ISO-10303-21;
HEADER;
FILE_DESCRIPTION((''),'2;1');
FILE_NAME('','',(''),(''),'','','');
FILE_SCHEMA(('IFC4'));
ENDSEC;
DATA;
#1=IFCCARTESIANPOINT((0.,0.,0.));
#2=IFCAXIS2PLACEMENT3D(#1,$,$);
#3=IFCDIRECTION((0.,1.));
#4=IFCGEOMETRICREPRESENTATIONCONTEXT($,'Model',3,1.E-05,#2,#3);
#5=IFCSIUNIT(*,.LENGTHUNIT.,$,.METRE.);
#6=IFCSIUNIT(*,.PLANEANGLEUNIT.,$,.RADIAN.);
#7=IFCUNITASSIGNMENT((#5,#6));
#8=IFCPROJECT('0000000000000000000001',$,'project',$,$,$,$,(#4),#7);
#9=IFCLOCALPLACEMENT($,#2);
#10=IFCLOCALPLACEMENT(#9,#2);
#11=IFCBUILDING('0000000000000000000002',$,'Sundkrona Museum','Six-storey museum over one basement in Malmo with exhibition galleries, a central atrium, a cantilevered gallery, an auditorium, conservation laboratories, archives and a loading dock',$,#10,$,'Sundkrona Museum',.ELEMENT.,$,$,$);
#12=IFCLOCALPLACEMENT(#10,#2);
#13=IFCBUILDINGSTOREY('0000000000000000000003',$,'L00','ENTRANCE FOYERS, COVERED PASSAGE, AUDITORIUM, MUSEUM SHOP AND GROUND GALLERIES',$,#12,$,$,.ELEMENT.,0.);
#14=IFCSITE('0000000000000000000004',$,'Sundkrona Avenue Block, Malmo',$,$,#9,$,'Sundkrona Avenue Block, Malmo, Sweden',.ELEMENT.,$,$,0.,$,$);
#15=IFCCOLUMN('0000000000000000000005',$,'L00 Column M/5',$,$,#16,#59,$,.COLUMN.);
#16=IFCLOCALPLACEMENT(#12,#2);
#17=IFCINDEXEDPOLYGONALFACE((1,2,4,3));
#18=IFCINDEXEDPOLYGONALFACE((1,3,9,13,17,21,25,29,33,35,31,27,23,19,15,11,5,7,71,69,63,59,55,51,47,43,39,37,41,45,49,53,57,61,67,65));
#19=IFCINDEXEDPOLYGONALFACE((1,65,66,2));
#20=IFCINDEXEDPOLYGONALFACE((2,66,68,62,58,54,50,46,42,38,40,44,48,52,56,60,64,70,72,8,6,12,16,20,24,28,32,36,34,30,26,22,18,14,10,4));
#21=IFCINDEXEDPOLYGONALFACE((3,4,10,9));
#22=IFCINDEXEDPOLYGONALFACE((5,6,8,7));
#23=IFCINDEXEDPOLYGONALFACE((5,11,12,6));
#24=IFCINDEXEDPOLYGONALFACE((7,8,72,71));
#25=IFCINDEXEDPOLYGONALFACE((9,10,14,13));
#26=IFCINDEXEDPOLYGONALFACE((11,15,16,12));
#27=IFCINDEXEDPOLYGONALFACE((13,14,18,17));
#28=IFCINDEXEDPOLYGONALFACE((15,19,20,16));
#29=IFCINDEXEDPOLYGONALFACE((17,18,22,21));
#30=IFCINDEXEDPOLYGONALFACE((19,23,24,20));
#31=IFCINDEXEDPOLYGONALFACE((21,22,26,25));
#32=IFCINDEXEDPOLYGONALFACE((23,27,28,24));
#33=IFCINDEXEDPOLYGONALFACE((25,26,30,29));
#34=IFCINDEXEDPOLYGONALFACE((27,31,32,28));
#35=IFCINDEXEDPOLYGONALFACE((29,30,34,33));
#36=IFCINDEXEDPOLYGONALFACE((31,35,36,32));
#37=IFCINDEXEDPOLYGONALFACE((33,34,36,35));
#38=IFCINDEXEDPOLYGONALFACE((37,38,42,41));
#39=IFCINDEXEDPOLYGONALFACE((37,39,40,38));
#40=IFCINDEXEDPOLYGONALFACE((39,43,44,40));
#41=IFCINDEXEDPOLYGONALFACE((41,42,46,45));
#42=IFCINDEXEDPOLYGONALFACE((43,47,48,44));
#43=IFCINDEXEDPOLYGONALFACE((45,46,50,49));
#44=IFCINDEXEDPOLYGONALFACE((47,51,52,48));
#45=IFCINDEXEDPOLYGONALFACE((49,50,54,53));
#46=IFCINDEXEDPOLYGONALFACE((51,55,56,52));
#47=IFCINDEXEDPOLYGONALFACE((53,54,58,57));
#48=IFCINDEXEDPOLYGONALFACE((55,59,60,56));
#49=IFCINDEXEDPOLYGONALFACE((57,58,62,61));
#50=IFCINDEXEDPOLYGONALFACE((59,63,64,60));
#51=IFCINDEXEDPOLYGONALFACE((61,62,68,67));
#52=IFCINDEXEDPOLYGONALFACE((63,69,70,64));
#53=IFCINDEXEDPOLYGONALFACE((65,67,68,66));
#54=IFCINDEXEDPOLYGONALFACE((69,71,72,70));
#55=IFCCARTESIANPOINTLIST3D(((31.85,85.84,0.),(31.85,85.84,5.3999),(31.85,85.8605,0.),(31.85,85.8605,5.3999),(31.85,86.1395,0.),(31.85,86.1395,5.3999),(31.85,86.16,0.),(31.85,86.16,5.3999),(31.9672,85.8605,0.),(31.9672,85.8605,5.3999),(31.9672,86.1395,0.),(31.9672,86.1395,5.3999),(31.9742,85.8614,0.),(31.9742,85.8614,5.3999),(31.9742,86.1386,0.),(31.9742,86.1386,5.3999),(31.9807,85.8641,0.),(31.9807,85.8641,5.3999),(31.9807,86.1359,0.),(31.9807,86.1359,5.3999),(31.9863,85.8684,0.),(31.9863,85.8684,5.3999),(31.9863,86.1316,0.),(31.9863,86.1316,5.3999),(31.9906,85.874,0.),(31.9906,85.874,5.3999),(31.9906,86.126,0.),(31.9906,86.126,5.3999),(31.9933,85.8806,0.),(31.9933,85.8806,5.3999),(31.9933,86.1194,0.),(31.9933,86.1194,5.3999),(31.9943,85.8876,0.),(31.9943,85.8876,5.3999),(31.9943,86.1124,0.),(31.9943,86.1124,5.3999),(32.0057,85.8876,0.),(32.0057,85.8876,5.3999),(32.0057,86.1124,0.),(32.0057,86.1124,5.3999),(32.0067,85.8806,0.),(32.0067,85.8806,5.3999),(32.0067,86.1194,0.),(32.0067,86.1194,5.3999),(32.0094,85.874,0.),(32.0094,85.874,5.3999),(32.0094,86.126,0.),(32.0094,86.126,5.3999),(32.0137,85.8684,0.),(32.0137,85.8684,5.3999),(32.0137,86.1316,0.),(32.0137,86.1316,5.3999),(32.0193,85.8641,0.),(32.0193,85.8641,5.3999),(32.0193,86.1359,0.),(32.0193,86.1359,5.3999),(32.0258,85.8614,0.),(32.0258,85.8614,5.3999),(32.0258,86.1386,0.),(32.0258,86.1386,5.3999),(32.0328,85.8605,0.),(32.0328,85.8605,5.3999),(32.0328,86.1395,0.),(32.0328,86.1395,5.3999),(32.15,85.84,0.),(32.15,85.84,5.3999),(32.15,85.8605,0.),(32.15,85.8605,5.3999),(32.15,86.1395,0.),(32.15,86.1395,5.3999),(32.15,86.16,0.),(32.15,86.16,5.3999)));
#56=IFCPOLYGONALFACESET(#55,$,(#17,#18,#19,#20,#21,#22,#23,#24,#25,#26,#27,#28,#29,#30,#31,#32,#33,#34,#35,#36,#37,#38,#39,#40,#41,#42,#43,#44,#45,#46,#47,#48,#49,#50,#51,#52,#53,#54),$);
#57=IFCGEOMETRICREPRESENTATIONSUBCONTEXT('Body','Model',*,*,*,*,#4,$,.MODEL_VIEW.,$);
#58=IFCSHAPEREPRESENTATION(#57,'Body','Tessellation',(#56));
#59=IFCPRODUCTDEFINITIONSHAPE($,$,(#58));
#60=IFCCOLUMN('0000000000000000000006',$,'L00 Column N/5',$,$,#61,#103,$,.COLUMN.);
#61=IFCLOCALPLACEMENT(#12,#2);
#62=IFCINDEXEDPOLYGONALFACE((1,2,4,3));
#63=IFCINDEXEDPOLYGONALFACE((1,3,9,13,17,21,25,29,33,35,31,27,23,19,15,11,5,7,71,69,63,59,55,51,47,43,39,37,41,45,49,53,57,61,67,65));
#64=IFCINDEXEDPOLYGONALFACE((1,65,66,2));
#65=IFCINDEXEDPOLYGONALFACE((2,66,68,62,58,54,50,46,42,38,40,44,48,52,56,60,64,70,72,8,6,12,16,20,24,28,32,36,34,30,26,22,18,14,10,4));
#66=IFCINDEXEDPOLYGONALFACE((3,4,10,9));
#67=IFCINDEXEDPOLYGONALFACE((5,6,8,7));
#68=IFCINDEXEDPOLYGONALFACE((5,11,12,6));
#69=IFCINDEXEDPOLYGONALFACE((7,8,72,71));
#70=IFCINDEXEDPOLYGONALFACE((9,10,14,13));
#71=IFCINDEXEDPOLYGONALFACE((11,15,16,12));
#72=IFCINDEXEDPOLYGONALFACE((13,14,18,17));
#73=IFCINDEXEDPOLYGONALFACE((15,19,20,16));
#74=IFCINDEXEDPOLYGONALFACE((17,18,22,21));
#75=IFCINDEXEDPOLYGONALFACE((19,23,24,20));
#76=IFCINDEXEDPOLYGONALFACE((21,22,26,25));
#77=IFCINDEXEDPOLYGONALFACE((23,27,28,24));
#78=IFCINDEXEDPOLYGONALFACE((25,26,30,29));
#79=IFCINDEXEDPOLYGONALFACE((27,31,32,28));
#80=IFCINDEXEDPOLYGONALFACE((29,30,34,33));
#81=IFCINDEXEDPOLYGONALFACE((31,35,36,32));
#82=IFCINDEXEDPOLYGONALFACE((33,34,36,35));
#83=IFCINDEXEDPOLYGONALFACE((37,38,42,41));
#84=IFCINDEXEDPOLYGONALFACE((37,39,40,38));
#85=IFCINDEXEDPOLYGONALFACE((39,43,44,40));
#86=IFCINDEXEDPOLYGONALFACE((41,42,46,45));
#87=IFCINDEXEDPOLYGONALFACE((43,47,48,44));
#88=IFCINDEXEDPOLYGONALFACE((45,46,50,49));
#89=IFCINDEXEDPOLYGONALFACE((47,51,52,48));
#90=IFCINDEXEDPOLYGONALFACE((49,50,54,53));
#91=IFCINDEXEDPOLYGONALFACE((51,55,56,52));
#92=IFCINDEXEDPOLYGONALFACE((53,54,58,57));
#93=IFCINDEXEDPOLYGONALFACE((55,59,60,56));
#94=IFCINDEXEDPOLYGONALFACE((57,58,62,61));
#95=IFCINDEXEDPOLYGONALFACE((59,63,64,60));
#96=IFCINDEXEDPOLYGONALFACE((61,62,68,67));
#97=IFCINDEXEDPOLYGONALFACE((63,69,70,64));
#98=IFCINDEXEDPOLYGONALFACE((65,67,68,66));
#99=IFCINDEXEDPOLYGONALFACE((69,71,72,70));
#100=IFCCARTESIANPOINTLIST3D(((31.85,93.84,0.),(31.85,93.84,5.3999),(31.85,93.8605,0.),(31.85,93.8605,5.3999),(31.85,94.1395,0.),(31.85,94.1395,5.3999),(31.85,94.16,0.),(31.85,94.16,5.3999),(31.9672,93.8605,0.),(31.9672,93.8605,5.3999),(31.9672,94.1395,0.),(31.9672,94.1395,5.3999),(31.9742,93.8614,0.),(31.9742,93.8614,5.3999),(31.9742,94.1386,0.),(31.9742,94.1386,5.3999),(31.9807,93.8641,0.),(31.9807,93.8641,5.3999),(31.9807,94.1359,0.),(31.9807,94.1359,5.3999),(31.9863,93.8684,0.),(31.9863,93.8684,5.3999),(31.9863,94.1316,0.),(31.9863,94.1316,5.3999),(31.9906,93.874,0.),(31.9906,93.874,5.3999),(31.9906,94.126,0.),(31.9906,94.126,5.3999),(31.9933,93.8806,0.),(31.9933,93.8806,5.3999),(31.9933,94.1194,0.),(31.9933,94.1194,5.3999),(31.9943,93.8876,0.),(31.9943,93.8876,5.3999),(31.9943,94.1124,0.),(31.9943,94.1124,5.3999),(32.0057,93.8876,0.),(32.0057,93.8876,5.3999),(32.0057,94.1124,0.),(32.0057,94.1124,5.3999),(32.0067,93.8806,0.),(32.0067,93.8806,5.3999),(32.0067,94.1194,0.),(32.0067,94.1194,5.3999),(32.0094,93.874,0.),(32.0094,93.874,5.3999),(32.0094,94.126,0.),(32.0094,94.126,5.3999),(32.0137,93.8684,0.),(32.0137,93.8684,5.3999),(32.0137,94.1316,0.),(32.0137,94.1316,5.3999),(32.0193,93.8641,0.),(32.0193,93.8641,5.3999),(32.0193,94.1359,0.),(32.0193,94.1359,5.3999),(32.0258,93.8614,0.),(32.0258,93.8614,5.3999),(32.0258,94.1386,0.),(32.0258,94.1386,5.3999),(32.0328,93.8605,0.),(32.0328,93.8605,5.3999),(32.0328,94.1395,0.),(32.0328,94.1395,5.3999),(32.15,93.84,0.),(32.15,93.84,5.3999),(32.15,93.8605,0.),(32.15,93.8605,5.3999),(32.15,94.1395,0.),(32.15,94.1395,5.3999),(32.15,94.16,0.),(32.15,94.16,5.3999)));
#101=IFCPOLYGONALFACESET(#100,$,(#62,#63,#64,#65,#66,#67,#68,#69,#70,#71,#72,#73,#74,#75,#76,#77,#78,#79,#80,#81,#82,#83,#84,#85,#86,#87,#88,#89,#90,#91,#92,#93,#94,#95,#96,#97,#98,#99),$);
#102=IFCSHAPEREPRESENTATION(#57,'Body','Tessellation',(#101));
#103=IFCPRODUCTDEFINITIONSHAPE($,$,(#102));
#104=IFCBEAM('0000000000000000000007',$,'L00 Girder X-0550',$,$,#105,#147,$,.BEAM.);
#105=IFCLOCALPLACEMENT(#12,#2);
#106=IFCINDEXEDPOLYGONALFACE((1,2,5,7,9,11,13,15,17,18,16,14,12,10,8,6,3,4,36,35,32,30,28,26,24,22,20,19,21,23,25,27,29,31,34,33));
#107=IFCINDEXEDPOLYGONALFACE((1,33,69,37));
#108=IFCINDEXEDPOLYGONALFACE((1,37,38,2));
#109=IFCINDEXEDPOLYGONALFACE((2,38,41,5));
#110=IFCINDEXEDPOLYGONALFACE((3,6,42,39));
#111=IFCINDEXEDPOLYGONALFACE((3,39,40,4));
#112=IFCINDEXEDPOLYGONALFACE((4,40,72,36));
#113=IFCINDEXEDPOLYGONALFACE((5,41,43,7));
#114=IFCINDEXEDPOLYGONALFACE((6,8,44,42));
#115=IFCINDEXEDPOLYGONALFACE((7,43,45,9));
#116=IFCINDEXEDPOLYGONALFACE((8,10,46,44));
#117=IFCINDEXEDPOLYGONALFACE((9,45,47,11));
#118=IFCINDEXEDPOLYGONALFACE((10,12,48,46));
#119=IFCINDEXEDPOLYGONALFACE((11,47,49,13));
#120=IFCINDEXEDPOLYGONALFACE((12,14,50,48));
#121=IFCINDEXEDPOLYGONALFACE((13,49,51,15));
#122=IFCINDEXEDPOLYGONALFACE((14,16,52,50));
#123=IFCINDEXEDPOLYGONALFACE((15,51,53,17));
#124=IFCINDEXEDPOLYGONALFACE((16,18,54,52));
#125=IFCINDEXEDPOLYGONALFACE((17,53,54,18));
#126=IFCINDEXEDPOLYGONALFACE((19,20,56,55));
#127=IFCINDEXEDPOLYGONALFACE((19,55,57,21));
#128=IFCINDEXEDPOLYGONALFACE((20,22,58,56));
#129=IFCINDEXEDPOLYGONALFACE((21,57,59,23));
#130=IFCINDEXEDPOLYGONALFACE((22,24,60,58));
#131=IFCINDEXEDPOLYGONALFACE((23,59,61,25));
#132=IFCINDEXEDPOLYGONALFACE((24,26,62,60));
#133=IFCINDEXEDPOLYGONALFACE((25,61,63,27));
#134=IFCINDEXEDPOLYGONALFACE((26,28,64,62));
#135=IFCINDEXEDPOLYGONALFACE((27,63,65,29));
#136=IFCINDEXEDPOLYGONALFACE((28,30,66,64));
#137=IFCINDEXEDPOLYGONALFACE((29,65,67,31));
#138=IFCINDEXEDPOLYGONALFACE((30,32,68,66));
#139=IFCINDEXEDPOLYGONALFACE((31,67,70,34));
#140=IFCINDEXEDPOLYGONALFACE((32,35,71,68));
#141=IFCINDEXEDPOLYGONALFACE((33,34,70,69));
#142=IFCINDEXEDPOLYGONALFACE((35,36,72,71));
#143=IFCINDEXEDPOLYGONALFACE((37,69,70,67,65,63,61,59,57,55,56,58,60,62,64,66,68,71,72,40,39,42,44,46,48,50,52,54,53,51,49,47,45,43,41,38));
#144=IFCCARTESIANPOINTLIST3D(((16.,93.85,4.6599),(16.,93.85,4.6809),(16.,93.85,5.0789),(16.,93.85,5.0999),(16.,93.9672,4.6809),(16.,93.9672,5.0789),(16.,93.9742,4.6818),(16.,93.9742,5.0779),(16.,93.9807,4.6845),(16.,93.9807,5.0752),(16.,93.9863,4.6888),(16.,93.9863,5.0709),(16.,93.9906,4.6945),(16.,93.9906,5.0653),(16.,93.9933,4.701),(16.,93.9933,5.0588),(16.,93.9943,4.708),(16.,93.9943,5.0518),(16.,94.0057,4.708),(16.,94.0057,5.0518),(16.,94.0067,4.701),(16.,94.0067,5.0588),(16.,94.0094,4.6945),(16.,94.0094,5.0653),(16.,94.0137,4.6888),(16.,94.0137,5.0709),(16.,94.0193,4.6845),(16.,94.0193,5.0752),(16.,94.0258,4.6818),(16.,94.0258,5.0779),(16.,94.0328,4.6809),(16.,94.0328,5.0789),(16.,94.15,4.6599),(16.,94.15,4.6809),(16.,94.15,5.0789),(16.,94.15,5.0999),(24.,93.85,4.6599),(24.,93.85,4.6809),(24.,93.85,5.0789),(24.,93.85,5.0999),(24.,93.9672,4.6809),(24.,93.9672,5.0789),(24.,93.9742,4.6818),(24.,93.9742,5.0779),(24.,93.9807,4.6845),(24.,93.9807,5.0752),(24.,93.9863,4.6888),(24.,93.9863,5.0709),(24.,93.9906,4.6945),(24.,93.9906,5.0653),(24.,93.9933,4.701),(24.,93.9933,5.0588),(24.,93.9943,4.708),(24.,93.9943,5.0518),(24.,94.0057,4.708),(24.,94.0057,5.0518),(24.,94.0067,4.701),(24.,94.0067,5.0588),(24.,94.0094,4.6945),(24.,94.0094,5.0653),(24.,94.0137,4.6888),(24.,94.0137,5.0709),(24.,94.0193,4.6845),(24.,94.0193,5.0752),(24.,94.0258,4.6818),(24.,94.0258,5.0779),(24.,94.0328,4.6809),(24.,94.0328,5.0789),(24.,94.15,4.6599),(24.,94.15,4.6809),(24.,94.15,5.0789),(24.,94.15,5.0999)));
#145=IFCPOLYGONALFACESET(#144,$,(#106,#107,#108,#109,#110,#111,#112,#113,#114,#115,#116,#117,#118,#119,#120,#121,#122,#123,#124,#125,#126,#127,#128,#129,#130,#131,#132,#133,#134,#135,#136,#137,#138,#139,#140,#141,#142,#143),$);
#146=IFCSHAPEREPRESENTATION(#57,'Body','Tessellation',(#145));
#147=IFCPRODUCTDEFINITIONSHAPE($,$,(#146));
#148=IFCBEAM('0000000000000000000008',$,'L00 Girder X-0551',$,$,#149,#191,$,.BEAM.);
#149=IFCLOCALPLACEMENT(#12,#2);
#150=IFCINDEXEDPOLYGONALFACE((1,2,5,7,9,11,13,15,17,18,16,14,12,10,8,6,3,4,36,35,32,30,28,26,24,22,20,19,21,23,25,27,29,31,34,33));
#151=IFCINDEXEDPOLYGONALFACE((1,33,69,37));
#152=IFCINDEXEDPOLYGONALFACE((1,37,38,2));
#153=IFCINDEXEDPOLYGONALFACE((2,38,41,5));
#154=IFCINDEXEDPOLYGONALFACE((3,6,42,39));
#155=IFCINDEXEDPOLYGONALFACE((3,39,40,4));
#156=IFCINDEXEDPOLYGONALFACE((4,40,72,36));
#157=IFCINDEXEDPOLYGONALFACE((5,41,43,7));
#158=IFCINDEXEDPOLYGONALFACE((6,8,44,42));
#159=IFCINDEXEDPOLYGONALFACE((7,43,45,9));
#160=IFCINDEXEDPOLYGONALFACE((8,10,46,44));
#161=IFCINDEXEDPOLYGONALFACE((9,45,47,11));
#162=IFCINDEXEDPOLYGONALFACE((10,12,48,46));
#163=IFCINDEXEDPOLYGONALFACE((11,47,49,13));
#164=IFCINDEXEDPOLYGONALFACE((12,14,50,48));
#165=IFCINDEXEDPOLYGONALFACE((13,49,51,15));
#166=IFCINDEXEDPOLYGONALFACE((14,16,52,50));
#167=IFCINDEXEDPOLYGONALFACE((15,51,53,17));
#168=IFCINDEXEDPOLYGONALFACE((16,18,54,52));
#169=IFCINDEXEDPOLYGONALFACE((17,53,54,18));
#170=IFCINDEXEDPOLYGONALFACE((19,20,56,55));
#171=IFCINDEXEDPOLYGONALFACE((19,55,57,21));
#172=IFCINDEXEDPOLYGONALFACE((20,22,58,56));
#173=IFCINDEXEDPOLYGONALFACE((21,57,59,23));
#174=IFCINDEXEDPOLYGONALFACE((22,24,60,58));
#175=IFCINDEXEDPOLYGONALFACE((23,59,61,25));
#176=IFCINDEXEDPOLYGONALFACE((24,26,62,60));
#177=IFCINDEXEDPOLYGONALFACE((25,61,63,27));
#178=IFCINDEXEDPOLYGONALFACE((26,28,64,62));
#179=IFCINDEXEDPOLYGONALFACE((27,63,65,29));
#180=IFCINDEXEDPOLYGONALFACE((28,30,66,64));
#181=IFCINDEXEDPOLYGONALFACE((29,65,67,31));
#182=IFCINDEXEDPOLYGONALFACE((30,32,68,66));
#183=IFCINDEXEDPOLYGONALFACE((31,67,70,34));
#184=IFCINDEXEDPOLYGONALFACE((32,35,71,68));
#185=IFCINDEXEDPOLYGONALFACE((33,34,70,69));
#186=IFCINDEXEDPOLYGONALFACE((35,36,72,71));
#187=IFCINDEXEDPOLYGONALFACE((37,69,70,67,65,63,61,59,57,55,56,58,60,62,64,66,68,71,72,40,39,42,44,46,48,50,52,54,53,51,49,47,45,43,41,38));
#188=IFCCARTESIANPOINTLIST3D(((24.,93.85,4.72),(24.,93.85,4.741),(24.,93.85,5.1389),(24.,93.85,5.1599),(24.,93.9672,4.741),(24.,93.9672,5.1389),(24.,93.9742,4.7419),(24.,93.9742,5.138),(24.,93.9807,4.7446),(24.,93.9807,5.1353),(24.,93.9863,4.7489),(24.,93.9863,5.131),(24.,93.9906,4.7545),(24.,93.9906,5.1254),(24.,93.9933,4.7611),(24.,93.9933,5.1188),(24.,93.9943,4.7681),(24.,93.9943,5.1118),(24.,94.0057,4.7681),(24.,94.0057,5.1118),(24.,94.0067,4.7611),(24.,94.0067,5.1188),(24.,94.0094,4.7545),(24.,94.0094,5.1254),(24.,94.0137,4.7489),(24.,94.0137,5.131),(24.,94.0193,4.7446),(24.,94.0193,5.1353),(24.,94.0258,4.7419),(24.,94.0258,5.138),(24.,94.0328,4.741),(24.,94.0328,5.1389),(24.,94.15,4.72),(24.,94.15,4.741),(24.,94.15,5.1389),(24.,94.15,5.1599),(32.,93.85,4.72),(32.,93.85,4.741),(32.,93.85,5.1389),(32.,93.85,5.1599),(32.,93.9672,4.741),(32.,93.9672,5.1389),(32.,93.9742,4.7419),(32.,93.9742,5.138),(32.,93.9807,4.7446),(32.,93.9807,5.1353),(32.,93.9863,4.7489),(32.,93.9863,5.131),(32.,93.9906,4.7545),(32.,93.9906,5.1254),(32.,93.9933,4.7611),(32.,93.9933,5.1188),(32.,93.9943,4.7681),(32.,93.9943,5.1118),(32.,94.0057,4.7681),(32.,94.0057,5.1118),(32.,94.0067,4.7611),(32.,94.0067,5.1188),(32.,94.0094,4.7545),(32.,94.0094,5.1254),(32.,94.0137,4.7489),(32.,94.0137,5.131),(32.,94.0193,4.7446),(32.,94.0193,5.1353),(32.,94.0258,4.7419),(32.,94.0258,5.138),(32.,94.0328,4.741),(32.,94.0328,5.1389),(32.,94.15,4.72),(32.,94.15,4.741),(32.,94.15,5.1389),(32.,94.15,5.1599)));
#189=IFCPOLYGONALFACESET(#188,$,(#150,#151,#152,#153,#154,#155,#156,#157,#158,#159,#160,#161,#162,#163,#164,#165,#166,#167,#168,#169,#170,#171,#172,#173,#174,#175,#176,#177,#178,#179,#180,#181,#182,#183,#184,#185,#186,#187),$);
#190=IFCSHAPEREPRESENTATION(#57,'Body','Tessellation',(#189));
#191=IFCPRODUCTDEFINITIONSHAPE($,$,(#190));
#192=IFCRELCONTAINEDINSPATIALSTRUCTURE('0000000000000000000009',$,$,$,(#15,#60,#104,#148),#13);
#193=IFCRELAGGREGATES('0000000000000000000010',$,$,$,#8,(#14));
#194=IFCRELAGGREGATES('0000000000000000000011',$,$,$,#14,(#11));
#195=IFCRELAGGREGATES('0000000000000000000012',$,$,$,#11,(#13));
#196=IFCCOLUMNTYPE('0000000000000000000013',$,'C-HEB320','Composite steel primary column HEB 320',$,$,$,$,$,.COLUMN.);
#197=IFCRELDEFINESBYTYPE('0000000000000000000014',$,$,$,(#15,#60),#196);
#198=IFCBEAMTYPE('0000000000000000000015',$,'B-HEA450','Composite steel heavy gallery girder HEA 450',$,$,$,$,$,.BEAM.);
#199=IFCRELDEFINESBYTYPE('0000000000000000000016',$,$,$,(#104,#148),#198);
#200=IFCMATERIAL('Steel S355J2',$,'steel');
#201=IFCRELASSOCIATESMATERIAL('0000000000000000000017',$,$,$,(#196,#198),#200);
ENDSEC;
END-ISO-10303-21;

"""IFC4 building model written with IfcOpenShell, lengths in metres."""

from ifc_helpers import new_model, si_unit, direction, frame, origin, origin_2d, place, context, subcontext, project, spatial, i_section, extrude, material, material_profile, profile_set, type_object, element, save


model = new_model("IFC4")

# Units and contexts
model_context = context("Model", 3, precision=1e-05, world=origin(), true_north=direction((0.0, 1.0)))
body_context = subcontext(model_context, "Body", "Model", "MODEL_VIEW")
ifc_project = project(units=[si_unit("LENGTHUNIT", "METRE"), si_unit("PLANEANGLEUNIT", "RADIAN")], contexts=[model_context])

# Site, building, storey
site_placement = place(None, origin())
site = spatial("IfcSite", under=ifc_project, at=site_placement, Name="Sundkrona Avenue Block, Malmo", LongName="Sundkrona Avenue Block, Malmo, Sweden", CompositionType="ELEMENT", RefElevation=0.0)
building_placement = place(site_placement, origin())
building = spatial("IfcBuilding", under=site, at=building_placement, Name="Sundkrona Museum", Description="Six-storey museum over one basement in Malmo with exhibition galleries, a central atrium, a cantilevered gallery, an auditorium, conservation laboratories, archives and a loading dock", LongName="Sundkrona Museum", CompositionType="ELEMENT")
storey_placement = place(building_placement, origin())
storey = spatial("IfcBuildingStorey", under=building, at=storey_placement, Name="L00", Description="ENTRANCE FOYERS, COVERED PASSAGE, AUDITORIUM, MUSEUM SHOP AND GROUND GALLERIES", CompositionType="ELEMENT", Elevation=0.0)

# Columns
ifc_material_1 = material(Name="Steel S355J2", Category="steel")
ifc_material_profile_1 = material_profile(ifc_material_1, i_section(OverallWidth=0.3, OverallDepth=0.3201, WebThickness=0.0115, FlangeThickness=0.0205, FilletRadius=0.0271, at=origin_2d()), Name="HEB 320")
ifc_profile_set_1 = profile_set([ifc_material_profile_1], Name="Steel S355J2")
column_type = type_object("IfcColumnType", Name="C-HEB320", Description="Composite steel primary column HEB 320", PredefinedType="COLUMN", material=ifc_profile_set_1)
for number, where, z_axis, x_axis, name in (
    (1, (32.0, 86.0, 0.0), (0.0, 0.0, 1.0), (1.0, 0.0, 0.0), "L00 Column M/5"),
    (2, (32.0, 94.0, 0.0), (0.0, 0.0, 1.0), (1.0, 0.0, 0.0), "L00 Column N/5"),
):
    element("IfcColumn", number, at=place(storey_placement, frame(where, z_axis=z_axis, x_axis=x_axis)), inside=storey, type_object=column_type, Name=name, PredefinedType="COLUMN", context=body_context, shape_type="SweptSolid", body=[
        extrude(i_section(OverallWidth=0.3, OverallDepth=0.3201, WebThickness=0.0115, FlangeThickness=0.0205, FilletRadius=0.0271, at=origin_2d()), origin(), (0.0, 0.0, 1.0), 5.3999),
    ])

# Beams
ifc_material_profile_2 = material_profile(ifc_material_1, i_section(OverallWidth=0.3, OverallDepth=0.4399, WebThickness=0.0115, FlangeThickness=0.021, FilletRadius=0.0271, at=origin_2d()), Name="HEA 450")
ifc_profile_set_2 = profile_set([ifc_material_profile_2], Name="Steel S355J2")
beam_type_1 = type_object("IfcBeamType", Name="B-HEA450", Description="Composite steel heavy gallery girder HEA 450", PredefinedType="BEAM", material=ifc_profile_set_2)
for number, where, z_axis, x_axis, name in (
    (3, (16.0, 94.0, 4.8799), (1.0, 0.0, 0.0), (0.0, 1.0, 0.0), "L00 Girder X-0550"),
    (4, (24.0, 94.0, 4.9399), (1.0, 0.0, 0.0), (0.0, 1.0, 0.0), "L00 Girder X-0551"),
):
    element("IfcBeam", number, at=place(storey_placement, frame(where, z_axis=z_axis, x_axis=x_axis)), inside=storey, type_object=beam_type_1, Name=name, PredefinedType="BEAM", context=body_context, shape_type="SweptSolid", body=[
        extrude(i_section(OverallWidth=0.3, OverallDepth=0.4399, WebThickness=0.0115, FlangeThickness=0.021, FilletRadius=0.0271, at=origin_2d()), origin(), (0.0, 0.0, 1.0), 8.0),
    ])

save(model, "model.ifc")
